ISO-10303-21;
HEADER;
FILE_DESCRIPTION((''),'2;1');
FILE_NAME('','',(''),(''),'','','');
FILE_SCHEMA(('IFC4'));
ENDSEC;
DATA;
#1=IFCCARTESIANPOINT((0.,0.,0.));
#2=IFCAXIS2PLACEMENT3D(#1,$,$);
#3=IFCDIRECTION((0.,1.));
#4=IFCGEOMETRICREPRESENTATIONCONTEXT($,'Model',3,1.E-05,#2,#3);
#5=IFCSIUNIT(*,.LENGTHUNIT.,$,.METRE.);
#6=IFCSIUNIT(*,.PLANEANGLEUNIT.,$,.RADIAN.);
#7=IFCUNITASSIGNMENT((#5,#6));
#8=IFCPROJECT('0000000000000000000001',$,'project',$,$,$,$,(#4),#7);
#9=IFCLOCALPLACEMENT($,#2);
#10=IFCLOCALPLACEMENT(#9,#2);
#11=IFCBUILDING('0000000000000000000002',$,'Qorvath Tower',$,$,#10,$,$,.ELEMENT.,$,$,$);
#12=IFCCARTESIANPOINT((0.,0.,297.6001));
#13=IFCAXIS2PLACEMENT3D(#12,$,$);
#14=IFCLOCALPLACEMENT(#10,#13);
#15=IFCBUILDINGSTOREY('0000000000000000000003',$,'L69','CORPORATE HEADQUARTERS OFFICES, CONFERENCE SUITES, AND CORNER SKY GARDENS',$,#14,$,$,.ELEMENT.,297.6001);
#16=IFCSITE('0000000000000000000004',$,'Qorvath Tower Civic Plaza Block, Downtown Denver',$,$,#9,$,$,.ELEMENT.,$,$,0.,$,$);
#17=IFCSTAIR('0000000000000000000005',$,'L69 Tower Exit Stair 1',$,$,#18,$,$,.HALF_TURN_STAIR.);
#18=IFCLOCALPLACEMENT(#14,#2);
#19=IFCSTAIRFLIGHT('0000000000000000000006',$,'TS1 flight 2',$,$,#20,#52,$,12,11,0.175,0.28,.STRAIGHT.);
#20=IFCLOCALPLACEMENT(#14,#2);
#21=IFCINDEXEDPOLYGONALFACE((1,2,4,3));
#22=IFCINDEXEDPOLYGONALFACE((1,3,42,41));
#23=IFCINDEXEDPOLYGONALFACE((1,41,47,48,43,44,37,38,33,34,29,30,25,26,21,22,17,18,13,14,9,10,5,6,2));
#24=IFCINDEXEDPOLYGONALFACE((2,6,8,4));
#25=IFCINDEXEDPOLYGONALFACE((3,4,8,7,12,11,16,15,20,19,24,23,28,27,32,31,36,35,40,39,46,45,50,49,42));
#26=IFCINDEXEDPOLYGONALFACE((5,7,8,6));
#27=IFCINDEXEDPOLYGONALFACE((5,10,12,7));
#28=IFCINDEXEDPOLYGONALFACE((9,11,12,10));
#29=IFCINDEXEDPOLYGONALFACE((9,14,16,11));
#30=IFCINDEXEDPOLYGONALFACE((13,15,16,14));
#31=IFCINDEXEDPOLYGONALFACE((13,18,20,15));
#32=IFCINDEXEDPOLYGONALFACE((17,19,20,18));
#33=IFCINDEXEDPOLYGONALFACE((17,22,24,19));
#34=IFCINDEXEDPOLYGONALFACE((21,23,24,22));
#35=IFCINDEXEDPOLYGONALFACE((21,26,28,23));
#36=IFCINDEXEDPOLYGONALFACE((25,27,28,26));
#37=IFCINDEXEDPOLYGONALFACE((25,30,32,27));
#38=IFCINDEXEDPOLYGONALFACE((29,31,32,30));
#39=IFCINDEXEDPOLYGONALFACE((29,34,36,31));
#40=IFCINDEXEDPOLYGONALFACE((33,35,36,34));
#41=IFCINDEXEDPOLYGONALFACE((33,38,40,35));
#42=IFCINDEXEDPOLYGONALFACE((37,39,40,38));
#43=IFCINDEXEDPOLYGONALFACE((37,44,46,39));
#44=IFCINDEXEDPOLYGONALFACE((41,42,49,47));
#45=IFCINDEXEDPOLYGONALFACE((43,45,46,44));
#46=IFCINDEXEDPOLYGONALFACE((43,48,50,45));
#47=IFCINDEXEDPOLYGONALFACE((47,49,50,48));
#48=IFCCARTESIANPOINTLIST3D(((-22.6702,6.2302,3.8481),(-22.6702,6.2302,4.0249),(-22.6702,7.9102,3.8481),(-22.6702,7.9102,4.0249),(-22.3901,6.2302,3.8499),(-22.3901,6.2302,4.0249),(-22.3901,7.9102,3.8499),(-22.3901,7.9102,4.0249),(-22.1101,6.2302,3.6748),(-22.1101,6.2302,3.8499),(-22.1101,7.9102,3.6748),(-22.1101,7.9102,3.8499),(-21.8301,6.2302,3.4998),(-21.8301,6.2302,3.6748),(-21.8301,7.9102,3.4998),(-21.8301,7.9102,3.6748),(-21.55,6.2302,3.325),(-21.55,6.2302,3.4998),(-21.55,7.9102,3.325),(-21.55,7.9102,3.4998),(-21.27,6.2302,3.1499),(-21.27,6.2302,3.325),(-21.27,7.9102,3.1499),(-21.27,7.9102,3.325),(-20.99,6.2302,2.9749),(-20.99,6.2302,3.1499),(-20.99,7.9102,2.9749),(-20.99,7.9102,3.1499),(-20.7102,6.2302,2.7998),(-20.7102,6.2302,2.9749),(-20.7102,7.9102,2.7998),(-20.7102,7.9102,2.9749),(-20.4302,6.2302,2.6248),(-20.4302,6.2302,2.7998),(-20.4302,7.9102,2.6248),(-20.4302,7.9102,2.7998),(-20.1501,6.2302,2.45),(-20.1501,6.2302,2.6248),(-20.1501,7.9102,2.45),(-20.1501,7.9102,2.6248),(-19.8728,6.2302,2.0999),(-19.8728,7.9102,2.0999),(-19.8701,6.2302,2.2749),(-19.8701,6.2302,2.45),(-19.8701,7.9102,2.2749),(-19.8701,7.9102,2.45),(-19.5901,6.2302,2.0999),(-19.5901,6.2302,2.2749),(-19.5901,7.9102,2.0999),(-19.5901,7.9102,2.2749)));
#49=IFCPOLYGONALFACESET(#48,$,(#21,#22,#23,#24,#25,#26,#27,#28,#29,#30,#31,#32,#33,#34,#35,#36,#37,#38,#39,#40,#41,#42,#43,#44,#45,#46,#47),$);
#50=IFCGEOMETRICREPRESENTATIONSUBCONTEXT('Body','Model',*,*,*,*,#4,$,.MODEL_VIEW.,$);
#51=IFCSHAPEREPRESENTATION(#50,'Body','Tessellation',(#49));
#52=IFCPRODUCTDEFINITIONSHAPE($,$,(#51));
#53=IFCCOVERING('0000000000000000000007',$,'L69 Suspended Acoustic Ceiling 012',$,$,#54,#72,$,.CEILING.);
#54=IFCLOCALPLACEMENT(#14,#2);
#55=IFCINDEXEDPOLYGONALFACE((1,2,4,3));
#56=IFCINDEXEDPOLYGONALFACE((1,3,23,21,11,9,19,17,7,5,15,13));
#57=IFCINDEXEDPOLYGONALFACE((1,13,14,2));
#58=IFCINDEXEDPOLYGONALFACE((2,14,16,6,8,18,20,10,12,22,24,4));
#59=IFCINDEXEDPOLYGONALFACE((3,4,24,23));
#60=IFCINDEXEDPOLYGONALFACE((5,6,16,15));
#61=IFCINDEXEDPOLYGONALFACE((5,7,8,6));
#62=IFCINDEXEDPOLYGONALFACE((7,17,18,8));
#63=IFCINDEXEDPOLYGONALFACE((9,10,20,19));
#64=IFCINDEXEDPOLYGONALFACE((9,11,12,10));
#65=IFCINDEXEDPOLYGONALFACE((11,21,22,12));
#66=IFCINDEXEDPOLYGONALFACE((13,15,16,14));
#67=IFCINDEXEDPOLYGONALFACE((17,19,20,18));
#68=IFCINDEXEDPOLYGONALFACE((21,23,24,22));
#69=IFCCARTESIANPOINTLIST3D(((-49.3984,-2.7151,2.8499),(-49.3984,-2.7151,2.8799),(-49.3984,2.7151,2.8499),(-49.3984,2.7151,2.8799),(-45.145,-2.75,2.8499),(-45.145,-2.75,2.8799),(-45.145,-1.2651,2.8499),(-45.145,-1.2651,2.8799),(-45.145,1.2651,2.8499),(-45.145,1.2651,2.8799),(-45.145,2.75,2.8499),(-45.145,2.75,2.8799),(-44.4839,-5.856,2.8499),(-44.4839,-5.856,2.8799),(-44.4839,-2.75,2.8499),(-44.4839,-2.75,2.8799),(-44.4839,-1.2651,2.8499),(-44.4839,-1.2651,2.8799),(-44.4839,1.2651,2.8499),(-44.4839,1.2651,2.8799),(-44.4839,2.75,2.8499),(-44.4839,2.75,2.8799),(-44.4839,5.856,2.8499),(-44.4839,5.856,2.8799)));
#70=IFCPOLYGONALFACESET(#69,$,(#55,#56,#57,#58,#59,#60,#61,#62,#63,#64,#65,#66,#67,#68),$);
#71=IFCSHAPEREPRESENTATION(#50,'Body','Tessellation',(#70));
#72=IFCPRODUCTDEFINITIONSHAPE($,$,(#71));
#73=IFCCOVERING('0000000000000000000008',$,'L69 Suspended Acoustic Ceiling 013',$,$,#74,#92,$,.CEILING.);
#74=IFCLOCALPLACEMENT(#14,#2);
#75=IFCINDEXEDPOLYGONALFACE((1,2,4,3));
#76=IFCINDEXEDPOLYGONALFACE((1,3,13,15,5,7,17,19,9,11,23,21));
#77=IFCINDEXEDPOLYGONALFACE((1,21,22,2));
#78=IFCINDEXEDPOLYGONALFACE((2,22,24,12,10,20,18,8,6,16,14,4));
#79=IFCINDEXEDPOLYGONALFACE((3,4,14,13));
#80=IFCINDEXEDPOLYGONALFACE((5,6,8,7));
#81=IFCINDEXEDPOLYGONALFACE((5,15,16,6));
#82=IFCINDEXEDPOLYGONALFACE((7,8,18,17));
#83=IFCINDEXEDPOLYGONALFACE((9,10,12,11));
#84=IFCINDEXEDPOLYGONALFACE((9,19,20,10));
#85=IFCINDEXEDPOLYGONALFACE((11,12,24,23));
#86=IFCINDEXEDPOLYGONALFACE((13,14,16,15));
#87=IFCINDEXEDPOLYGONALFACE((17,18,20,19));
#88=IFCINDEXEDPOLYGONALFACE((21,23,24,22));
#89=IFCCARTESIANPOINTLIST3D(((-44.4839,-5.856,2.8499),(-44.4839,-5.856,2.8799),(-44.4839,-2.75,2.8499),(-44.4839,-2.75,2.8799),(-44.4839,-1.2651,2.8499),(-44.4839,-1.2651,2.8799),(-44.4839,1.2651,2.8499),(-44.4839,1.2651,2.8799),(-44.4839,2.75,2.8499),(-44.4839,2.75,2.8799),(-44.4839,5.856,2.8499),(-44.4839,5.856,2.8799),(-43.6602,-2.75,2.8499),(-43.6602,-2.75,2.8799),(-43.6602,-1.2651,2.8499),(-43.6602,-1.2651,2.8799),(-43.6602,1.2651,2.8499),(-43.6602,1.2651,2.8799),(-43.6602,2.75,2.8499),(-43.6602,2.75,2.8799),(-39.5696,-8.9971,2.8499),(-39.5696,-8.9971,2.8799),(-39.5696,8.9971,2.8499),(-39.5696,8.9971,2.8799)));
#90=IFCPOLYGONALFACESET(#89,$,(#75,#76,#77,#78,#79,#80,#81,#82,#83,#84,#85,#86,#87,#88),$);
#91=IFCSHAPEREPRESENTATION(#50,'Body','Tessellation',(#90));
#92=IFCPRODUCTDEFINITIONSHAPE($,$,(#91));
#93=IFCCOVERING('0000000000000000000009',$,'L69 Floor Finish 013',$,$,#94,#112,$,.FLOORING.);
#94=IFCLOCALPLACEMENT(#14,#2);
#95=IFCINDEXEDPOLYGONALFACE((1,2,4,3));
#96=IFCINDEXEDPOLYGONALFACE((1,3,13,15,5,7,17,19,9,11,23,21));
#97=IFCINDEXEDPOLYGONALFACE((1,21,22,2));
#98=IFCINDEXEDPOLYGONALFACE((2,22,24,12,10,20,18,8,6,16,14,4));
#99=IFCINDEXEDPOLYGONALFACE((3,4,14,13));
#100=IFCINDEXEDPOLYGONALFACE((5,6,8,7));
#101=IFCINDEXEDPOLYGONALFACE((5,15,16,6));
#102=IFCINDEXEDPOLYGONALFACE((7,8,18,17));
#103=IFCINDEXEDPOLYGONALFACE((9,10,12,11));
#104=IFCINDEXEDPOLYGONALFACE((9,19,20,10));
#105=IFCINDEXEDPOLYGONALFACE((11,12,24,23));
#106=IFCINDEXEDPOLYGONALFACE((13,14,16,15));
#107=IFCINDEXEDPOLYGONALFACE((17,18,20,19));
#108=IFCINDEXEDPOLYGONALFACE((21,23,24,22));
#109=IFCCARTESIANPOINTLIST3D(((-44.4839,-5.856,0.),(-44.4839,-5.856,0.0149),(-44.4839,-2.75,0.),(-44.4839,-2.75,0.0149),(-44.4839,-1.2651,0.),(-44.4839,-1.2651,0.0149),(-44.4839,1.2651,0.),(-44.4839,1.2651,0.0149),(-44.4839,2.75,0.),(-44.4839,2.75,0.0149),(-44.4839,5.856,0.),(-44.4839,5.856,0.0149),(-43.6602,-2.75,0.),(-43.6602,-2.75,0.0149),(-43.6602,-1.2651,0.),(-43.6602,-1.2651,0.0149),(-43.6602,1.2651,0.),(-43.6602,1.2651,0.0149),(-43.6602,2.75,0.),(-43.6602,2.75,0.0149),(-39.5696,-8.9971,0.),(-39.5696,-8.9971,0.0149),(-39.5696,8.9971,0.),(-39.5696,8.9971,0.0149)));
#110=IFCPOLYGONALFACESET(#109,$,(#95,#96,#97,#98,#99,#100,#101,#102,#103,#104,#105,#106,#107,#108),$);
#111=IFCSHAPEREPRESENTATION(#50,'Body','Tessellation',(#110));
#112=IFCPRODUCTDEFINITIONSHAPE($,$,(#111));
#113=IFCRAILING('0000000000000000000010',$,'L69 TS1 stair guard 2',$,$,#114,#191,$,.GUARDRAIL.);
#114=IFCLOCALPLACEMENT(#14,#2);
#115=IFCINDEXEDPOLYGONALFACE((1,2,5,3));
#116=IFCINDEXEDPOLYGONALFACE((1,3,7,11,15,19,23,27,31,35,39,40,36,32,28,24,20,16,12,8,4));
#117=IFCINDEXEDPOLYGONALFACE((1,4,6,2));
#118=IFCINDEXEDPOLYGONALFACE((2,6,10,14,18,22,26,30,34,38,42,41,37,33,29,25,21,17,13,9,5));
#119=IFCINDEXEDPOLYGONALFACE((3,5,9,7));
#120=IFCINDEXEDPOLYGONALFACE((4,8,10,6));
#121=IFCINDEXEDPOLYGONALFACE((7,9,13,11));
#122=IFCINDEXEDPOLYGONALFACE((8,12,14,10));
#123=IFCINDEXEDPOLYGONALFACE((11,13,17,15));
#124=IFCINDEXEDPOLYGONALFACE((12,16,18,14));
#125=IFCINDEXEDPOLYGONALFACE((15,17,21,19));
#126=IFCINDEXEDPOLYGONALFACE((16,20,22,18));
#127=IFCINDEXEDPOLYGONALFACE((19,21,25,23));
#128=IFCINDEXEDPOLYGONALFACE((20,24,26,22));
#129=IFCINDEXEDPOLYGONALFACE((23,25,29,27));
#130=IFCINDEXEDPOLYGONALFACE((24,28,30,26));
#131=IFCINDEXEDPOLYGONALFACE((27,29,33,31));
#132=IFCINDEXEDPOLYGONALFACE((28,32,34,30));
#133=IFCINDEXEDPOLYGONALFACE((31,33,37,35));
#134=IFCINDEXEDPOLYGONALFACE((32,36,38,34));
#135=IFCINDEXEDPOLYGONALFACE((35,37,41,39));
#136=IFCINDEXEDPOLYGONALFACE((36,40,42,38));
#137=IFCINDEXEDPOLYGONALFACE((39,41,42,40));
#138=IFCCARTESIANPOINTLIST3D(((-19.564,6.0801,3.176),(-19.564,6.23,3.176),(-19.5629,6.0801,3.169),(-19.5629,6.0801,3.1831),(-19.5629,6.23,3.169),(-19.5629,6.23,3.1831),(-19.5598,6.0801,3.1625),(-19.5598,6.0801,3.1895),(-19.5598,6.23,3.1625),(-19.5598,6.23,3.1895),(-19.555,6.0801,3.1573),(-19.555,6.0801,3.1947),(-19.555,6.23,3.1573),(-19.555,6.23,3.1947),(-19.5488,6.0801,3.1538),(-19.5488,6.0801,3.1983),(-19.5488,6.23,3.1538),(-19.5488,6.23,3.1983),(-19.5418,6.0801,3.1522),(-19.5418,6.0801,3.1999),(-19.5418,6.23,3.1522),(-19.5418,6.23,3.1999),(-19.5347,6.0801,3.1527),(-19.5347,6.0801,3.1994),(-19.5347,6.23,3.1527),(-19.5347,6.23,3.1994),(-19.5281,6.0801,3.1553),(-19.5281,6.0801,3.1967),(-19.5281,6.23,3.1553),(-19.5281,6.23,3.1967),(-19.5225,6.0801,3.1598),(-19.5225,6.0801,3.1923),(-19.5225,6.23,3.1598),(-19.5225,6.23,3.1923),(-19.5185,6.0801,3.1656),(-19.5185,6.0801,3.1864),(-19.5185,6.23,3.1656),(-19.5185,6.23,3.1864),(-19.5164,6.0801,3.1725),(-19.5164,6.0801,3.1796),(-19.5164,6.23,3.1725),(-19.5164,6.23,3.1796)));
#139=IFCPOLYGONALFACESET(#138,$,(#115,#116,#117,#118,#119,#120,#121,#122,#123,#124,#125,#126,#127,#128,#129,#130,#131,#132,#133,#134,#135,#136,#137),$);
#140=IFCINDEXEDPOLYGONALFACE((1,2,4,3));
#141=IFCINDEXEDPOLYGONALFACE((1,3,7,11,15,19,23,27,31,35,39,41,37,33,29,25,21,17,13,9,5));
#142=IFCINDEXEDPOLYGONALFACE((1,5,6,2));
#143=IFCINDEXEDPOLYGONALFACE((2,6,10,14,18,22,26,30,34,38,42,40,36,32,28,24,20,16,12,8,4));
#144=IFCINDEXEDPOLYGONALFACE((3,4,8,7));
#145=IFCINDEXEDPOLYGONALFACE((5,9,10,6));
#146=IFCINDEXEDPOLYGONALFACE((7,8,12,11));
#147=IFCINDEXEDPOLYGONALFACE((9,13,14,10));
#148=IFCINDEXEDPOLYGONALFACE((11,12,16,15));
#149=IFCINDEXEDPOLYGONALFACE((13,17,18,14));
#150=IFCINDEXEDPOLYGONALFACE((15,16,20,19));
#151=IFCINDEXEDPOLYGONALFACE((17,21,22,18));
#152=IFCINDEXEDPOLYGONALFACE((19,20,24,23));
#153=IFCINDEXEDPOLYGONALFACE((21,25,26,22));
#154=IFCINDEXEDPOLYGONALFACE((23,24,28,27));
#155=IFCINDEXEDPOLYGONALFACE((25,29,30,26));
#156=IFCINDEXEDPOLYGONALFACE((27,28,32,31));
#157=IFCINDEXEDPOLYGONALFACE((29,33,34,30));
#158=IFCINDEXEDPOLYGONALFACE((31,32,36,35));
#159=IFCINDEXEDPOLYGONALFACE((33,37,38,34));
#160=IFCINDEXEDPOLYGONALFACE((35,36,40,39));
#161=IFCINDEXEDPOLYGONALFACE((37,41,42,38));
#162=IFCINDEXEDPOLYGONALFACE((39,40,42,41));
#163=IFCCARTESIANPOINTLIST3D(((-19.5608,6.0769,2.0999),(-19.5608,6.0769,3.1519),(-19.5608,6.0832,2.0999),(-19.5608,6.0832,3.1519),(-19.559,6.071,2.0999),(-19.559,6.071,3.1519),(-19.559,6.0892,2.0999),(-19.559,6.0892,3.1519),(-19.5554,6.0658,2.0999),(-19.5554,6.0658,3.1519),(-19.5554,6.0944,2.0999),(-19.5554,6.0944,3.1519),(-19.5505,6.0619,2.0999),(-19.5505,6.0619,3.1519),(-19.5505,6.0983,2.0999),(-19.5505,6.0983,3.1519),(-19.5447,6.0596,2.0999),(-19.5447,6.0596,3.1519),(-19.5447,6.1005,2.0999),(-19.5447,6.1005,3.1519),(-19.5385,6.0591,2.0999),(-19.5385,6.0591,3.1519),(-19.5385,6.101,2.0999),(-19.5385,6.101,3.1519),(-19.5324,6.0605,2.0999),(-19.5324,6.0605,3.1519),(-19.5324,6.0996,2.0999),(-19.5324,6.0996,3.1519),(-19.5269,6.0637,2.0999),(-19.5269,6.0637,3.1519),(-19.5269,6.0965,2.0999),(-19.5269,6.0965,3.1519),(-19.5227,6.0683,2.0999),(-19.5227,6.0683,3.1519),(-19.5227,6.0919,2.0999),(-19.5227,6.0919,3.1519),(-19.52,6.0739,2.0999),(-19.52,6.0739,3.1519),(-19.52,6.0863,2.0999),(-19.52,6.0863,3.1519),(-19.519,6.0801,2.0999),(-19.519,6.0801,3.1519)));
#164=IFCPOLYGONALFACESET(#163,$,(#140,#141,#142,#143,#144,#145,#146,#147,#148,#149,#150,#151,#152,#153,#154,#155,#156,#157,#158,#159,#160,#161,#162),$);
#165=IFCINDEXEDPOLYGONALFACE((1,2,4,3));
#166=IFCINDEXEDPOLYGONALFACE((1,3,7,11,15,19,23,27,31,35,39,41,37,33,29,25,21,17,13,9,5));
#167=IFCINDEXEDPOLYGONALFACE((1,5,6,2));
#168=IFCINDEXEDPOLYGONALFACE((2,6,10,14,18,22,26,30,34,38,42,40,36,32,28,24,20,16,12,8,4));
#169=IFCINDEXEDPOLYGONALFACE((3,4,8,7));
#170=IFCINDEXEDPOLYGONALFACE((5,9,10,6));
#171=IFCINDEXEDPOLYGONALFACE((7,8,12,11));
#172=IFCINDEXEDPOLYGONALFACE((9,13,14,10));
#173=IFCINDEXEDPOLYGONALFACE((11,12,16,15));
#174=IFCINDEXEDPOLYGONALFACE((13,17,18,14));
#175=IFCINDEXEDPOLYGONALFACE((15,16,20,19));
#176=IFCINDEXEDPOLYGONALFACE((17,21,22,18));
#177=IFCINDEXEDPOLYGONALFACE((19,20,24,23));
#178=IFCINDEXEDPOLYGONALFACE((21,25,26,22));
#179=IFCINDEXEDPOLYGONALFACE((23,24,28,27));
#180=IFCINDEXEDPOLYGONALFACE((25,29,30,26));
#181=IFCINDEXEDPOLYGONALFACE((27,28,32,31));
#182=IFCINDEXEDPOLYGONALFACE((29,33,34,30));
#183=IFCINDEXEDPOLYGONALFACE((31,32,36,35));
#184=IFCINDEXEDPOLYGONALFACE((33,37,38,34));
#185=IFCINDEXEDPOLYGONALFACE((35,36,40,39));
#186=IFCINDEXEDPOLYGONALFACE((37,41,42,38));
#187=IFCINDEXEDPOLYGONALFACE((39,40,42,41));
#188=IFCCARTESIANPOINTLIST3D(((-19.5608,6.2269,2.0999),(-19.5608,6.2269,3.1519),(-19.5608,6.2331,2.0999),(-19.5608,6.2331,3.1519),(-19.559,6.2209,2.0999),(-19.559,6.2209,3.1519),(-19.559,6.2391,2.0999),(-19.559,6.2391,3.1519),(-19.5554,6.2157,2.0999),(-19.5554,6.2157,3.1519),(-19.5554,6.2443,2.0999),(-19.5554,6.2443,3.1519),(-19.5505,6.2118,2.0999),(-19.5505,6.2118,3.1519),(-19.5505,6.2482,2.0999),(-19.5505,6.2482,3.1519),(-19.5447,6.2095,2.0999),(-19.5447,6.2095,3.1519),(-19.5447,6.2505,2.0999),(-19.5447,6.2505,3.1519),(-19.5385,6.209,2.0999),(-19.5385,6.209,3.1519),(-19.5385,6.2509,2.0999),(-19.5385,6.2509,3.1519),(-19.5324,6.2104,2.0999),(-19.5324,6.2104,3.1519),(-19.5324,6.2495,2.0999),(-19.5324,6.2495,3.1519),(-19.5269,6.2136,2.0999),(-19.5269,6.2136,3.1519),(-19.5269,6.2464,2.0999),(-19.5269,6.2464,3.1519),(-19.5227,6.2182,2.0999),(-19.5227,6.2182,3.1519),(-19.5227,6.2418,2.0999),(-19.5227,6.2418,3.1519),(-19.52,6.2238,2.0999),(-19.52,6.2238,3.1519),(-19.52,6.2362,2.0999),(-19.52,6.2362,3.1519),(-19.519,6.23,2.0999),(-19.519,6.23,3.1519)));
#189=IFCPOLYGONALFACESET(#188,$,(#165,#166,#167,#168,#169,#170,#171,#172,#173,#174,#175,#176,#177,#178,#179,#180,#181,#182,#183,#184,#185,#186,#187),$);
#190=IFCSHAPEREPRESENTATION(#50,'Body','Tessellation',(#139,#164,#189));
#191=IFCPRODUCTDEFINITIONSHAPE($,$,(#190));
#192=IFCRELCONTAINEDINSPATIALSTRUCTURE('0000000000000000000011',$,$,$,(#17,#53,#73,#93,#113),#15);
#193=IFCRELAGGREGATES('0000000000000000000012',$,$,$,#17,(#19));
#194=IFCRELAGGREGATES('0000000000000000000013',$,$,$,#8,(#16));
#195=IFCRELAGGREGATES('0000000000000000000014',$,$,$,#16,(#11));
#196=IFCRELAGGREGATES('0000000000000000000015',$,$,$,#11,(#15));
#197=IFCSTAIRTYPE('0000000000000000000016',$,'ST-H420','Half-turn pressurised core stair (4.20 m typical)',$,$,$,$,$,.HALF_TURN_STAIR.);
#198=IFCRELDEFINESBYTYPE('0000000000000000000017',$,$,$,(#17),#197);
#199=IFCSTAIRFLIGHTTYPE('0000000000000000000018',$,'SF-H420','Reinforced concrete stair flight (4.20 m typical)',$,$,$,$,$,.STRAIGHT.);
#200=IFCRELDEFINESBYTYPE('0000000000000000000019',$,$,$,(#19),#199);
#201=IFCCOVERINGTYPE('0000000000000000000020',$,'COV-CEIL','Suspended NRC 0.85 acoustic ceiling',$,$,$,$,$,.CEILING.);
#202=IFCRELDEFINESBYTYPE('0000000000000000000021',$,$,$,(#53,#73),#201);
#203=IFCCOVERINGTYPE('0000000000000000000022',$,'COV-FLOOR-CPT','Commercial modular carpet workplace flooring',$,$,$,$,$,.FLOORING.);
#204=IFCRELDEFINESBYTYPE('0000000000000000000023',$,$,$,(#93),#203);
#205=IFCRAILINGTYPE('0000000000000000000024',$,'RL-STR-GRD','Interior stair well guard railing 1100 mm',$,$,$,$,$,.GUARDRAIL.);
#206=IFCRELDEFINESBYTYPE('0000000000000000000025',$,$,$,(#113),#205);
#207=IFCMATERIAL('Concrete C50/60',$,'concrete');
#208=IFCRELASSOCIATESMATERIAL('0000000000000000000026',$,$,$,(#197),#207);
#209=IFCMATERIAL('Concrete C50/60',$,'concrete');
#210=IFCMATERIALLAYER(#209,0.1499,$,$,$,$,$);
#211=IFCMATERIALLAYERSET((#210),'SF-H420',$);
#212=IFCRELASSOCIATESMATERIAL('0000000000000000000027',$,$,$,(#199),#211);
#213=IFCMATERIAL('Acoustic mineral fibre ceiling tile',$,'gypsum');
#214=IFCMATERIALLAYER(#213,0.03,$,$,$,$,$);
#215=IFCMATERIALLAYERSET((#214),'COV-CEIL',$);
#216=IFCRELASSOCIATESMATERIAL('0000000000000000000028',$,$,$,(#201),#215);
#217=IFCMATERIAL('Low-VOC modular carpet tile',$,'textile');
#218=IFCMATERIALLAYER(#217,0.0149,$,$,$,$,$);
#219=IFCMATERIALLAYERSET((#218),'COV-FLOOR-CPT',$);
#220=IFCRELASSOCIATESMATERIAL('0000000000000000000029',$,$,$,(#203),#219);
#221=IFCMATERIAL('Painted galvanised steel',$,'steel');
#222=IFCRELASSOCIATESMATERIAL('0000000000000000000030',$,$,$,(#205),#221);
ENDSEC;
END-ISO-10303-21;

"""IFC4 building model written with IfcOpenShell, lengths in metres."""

from ifc_helpers import new_model, si_unit, direction, frame, origin, origin_2d, place, context, subcontext, project, spatial, polyline, circle, outline, extrude, material, layer, layer_set, type_object, element, aggregate, save


model = new_model("IFC4")

# Units and contexts
model_context = context("Model", 3, precision=1e-05, world=origin(), true_north=direction((0.0, 1.0)))
body_context = subcontext(model_context, "Body", "Model", "MODEL_VIEW")
ifc_project = project(units=[si_unit("LENGTHUNIT", "METRE"), si_unit("PLANEANGLEUNIT", "RADIAN")], contexts=[model_context])

# Site, building, storey
site_placement = place(None, origin())
site = spatial("IfcSite", under=ifc_project, at=site_placement, Name="Qorvath Tower Civic Plaza Block, Downtown Denver", CompositionType="ELEMENT", RefElevation=0.0)
building_placement = place(site_placement, origin())
building = spatial("IfcBuilding", under=site, at=building_placement, Name="Qorvath Tower", CompositionType="ELEMENT")
storey_placement = place(building_placement, frame((0.0, 0.0, 297.6001)))
storey = spatial("IfcBuildingStorey", under=building, at=storey_placement, Name="L69", Description="CORPORATE HEADQUARTERS OFFICES, CONFERENCE SUITES, AND CORNER SKY GARDENS", CompositionType="ELEMENT", Elevation=297.6001)

# Stair, stair flight
ifc_material_1 = material(Name="Concrete C50/60", Category="concrete")
stair_type = type_object("IfcStairType", Name="ST-H420", Description="Half-turn pressurised core stair (4.20 m typical)", PredefinedType="HALF_TURN_STAIR", material=ifc_material_1)
stair_placement = place(storey_placement, origin())
stair = element("IfcStair", 1, at=stair_placement, inside=storey, type_object=stair_type, Name="L69 Tower Exit Stair 1", PredefinedType="HALF_TURN_STAIR")
ifc_material_2 = material(Name="Concrete C50/60", Category="concrete")
ifc_layer_1 = layer(ifc_material_2, 0.1499)
ifc_layer_set_1 = layer_set([ifc_layer_1], Name="SF-H420")
stair_flight_type = type_object("IfcStairFlightType", Name="SF-H420", Description="Reinforced concrete stair flight (4.20 m typical)", PredefinedType="STRAIGHT", material=ifc_layer_set_1)
stair_flight_placement = place(storey_placement, frame((-19.5901, 7.0701, 2.0999), z_axis=(0.0, 0.0, 1.0), x_axis=(-1.0, 0.0, 0.0)))
stair_flight = element("IfcStairFlight", 2, at=stair_flight_placement, type_object=stair_flight_type, Name="TS1 flight 2", NumberOfRisers=12, NumberOfTreads=11, PredefinedType="STRAIGHT", RiserHeight=0.175, TreadLength=0.28, context=body_context, shape_type="SweptSolid", body=[
    extrude(outline(polyline([(0.0, 0.0), (0.0, 0.175), (0.28, 0.175), (0.28, 0.3501), (0.5601, 0.3501), (0.5601, 0.5249), (0.8401, 0.5249), (0.8401, 0.7), (1.1201, 0.7), (1.1201, 0.875), (1.3999, 0.875), (1.3999, 1.05), (1.6799, 1.05), (1.6799, 1.2251), (1.96, 1.2251), (1.96, 1.3999), (2.24, 1.3999), (2.24, 1.575), (2.52, 1.575), (2.52, 1.75), (2.8, 1.75), (2.8, 1.925), (3.0801, 1.925), (3.0801, 2.1001), (3.0801, 1.7483), (0.2827, 0.0), (0.0, 0.0)])), frame((0.0, 0.8398, 0.0), z_axis=(0.0, -1.0, 0.0), x_axis=(1.0, 0.0, 0.0)), (0.0, 0.0, 1.0), 1.6799),
])
aggregate(stair, [stair_flight])

# Coverings
ifc_material_3 = material(Name="Acoustic mineral fibre ceiling tile", Category="gypsum")
ifc_layer_2 = layer(ifc_material_3, 0.03)
ifc_layer_set_2 = layer_set([ifc_layer_2], Name="COV-CEIL")
covering_type_1 = type_object("IfcCoveringType", Name="COV-CEIL", Description="Suspended NRC 0.85 acoustic ceiling", PredefinedType="CEILING", material=ifc_layer_set_2)
covering_1_placement = place(storey_placement, frame((0.0, 0.0, 2.8499)))
element("IfcCovering", 3, at=covering_1_placement, inside=storey, type_object=covering_type_1, Name="L69 Suspended Acoustic Ceiling 012", PredefinedType="CEILING", context=body_context, shape_type="SweptSolid", body=[
    extrude(outline(polyline([(-44.4839, -5.856), (-44.4839, -2.75), (-45.145, -2.75), (-45.145, -1.2651), (-44.4839, -1.2651), (-44.4839, 1.2651), (-45.145, 1.2651), (-45.145, 2.75), (-44.4839, 2.75), (-44.4839, 5.856), (-49.3984, 2.7151), (-49.3984, -2.7151), (-44.4839, -5.856)])), origin(), (0.0, 0.0, 1.0), 0.03),
])
covering_2_placement = place(storey_placement, frame((0.0, 0.0, 2.8499)))
element("IfcCovering", 4, at=covering_2_placement, inside=storey, type_object=covering_type_1, Name="L69 Suspended Acoustic Ceiling 013", PredefinedType="CEILING", context=body_context, shape_type="SweptSolid", body=[
    extrude(outline(polyline([(-39.5696, -8.9971), (-39.5696, 8.9971), (-44.4839, 5.856), (-44.4839, 2.75), (-43.6602, 2.75), (-43.6602, 1.2651), (-44.4839, 1.2651), (-44.4839, -1.2651), (-43.6602, -1.2651), (-43.6602, -2.75), (-44.4839, -2.75), (-44.4839, -5.856), (-39.5696, -8.9971)])), origin(), (0.0, 0.0, 1.0), 0.03),
])
ifc_material_4 = material(Name="Low-VOC modular carpet tile", Category="textile")
ifc_layer_3 = layer(ifc_material_4, 0.0149)
ifc_layer_set_3 = layer_set([ifc_layer_3], Name="COV-FLOOR-CPT")
covering_type_2 = type_object("IfcCoveringType", Name="COV-FLOOR-CPT", Description="Commercial modular carpet workplace flooring", PredefinedType="FLOORING", material=ifc_layer_set_3)
covering_3_placement = place(storey_placement, origin())
element("IfcCovering", 5, at=covering_3_placement, inside=storey, type_object=covering_type_2, Name="L69 Floor Finish 013", PredefinedType="FLOORING", context=body_context, shape_type="SweptSolid", body=[
    extrude(outline(polyline([(-39.5696, -8.9971), (-39.5696, 8.9971), (-44.4839, 5.856), (-44.4839, 2.75), (-43.6602, 2.75), (-43.6602, 1.2651), (-44.4839, 1.2651), (-44.4839, -1.2651), (-43.6602, -1.2651), (-43.6602, -2.75), (-44.4839, -2.75), (-44.4839, -5.856), (-39.5696, -8.9971)])), origin(), (0.0, 0.0, 1.0), 0.0149),
])

# Railing
ifc_material_5 = material(Name="Painted galvanised steel", Category="steel")
railing_type_1 = type_object("IfcRailingType", Name="RL-STR-GRD", Description="Interior stair well guard railing 1100 mm", PredefinedType="GUARDRAIL", material=ifc_material_5)
railing_1_placement = place(storey_placement, frame((-19.54, 6.0801, 2.0999)))
element("IfcRailing", 6, at=railing_1_placement, inside=storey, type_object=railing_type_1, Name="L69 TS1 stair guard 2", PredefinedType="GUARDRAIL", context=body_context, shape_type="SweptSolid", body=[
    extrude(circle(Radius=0.0239, at=origin_2d()), frame((0.0, 0.0, 1.0762), z_axis=(0.0, 1.0, 0.0), x_axis=(-1.0, 0.0, 0.0)), (0.0, 0.0, 1.0), 0.1499),
    extrude(circle(Radius=0.021, at=origin_2d()), origin(), (0.0, 0.0, 1.0), 1.052),
    extrude(circle(Radius=0.021, at=origin_2d()), frame((0.0, 0.1499, 0.0)), (0.0, 0.0, 1.0), 1.052),
])

save(model, "model.ifc")
